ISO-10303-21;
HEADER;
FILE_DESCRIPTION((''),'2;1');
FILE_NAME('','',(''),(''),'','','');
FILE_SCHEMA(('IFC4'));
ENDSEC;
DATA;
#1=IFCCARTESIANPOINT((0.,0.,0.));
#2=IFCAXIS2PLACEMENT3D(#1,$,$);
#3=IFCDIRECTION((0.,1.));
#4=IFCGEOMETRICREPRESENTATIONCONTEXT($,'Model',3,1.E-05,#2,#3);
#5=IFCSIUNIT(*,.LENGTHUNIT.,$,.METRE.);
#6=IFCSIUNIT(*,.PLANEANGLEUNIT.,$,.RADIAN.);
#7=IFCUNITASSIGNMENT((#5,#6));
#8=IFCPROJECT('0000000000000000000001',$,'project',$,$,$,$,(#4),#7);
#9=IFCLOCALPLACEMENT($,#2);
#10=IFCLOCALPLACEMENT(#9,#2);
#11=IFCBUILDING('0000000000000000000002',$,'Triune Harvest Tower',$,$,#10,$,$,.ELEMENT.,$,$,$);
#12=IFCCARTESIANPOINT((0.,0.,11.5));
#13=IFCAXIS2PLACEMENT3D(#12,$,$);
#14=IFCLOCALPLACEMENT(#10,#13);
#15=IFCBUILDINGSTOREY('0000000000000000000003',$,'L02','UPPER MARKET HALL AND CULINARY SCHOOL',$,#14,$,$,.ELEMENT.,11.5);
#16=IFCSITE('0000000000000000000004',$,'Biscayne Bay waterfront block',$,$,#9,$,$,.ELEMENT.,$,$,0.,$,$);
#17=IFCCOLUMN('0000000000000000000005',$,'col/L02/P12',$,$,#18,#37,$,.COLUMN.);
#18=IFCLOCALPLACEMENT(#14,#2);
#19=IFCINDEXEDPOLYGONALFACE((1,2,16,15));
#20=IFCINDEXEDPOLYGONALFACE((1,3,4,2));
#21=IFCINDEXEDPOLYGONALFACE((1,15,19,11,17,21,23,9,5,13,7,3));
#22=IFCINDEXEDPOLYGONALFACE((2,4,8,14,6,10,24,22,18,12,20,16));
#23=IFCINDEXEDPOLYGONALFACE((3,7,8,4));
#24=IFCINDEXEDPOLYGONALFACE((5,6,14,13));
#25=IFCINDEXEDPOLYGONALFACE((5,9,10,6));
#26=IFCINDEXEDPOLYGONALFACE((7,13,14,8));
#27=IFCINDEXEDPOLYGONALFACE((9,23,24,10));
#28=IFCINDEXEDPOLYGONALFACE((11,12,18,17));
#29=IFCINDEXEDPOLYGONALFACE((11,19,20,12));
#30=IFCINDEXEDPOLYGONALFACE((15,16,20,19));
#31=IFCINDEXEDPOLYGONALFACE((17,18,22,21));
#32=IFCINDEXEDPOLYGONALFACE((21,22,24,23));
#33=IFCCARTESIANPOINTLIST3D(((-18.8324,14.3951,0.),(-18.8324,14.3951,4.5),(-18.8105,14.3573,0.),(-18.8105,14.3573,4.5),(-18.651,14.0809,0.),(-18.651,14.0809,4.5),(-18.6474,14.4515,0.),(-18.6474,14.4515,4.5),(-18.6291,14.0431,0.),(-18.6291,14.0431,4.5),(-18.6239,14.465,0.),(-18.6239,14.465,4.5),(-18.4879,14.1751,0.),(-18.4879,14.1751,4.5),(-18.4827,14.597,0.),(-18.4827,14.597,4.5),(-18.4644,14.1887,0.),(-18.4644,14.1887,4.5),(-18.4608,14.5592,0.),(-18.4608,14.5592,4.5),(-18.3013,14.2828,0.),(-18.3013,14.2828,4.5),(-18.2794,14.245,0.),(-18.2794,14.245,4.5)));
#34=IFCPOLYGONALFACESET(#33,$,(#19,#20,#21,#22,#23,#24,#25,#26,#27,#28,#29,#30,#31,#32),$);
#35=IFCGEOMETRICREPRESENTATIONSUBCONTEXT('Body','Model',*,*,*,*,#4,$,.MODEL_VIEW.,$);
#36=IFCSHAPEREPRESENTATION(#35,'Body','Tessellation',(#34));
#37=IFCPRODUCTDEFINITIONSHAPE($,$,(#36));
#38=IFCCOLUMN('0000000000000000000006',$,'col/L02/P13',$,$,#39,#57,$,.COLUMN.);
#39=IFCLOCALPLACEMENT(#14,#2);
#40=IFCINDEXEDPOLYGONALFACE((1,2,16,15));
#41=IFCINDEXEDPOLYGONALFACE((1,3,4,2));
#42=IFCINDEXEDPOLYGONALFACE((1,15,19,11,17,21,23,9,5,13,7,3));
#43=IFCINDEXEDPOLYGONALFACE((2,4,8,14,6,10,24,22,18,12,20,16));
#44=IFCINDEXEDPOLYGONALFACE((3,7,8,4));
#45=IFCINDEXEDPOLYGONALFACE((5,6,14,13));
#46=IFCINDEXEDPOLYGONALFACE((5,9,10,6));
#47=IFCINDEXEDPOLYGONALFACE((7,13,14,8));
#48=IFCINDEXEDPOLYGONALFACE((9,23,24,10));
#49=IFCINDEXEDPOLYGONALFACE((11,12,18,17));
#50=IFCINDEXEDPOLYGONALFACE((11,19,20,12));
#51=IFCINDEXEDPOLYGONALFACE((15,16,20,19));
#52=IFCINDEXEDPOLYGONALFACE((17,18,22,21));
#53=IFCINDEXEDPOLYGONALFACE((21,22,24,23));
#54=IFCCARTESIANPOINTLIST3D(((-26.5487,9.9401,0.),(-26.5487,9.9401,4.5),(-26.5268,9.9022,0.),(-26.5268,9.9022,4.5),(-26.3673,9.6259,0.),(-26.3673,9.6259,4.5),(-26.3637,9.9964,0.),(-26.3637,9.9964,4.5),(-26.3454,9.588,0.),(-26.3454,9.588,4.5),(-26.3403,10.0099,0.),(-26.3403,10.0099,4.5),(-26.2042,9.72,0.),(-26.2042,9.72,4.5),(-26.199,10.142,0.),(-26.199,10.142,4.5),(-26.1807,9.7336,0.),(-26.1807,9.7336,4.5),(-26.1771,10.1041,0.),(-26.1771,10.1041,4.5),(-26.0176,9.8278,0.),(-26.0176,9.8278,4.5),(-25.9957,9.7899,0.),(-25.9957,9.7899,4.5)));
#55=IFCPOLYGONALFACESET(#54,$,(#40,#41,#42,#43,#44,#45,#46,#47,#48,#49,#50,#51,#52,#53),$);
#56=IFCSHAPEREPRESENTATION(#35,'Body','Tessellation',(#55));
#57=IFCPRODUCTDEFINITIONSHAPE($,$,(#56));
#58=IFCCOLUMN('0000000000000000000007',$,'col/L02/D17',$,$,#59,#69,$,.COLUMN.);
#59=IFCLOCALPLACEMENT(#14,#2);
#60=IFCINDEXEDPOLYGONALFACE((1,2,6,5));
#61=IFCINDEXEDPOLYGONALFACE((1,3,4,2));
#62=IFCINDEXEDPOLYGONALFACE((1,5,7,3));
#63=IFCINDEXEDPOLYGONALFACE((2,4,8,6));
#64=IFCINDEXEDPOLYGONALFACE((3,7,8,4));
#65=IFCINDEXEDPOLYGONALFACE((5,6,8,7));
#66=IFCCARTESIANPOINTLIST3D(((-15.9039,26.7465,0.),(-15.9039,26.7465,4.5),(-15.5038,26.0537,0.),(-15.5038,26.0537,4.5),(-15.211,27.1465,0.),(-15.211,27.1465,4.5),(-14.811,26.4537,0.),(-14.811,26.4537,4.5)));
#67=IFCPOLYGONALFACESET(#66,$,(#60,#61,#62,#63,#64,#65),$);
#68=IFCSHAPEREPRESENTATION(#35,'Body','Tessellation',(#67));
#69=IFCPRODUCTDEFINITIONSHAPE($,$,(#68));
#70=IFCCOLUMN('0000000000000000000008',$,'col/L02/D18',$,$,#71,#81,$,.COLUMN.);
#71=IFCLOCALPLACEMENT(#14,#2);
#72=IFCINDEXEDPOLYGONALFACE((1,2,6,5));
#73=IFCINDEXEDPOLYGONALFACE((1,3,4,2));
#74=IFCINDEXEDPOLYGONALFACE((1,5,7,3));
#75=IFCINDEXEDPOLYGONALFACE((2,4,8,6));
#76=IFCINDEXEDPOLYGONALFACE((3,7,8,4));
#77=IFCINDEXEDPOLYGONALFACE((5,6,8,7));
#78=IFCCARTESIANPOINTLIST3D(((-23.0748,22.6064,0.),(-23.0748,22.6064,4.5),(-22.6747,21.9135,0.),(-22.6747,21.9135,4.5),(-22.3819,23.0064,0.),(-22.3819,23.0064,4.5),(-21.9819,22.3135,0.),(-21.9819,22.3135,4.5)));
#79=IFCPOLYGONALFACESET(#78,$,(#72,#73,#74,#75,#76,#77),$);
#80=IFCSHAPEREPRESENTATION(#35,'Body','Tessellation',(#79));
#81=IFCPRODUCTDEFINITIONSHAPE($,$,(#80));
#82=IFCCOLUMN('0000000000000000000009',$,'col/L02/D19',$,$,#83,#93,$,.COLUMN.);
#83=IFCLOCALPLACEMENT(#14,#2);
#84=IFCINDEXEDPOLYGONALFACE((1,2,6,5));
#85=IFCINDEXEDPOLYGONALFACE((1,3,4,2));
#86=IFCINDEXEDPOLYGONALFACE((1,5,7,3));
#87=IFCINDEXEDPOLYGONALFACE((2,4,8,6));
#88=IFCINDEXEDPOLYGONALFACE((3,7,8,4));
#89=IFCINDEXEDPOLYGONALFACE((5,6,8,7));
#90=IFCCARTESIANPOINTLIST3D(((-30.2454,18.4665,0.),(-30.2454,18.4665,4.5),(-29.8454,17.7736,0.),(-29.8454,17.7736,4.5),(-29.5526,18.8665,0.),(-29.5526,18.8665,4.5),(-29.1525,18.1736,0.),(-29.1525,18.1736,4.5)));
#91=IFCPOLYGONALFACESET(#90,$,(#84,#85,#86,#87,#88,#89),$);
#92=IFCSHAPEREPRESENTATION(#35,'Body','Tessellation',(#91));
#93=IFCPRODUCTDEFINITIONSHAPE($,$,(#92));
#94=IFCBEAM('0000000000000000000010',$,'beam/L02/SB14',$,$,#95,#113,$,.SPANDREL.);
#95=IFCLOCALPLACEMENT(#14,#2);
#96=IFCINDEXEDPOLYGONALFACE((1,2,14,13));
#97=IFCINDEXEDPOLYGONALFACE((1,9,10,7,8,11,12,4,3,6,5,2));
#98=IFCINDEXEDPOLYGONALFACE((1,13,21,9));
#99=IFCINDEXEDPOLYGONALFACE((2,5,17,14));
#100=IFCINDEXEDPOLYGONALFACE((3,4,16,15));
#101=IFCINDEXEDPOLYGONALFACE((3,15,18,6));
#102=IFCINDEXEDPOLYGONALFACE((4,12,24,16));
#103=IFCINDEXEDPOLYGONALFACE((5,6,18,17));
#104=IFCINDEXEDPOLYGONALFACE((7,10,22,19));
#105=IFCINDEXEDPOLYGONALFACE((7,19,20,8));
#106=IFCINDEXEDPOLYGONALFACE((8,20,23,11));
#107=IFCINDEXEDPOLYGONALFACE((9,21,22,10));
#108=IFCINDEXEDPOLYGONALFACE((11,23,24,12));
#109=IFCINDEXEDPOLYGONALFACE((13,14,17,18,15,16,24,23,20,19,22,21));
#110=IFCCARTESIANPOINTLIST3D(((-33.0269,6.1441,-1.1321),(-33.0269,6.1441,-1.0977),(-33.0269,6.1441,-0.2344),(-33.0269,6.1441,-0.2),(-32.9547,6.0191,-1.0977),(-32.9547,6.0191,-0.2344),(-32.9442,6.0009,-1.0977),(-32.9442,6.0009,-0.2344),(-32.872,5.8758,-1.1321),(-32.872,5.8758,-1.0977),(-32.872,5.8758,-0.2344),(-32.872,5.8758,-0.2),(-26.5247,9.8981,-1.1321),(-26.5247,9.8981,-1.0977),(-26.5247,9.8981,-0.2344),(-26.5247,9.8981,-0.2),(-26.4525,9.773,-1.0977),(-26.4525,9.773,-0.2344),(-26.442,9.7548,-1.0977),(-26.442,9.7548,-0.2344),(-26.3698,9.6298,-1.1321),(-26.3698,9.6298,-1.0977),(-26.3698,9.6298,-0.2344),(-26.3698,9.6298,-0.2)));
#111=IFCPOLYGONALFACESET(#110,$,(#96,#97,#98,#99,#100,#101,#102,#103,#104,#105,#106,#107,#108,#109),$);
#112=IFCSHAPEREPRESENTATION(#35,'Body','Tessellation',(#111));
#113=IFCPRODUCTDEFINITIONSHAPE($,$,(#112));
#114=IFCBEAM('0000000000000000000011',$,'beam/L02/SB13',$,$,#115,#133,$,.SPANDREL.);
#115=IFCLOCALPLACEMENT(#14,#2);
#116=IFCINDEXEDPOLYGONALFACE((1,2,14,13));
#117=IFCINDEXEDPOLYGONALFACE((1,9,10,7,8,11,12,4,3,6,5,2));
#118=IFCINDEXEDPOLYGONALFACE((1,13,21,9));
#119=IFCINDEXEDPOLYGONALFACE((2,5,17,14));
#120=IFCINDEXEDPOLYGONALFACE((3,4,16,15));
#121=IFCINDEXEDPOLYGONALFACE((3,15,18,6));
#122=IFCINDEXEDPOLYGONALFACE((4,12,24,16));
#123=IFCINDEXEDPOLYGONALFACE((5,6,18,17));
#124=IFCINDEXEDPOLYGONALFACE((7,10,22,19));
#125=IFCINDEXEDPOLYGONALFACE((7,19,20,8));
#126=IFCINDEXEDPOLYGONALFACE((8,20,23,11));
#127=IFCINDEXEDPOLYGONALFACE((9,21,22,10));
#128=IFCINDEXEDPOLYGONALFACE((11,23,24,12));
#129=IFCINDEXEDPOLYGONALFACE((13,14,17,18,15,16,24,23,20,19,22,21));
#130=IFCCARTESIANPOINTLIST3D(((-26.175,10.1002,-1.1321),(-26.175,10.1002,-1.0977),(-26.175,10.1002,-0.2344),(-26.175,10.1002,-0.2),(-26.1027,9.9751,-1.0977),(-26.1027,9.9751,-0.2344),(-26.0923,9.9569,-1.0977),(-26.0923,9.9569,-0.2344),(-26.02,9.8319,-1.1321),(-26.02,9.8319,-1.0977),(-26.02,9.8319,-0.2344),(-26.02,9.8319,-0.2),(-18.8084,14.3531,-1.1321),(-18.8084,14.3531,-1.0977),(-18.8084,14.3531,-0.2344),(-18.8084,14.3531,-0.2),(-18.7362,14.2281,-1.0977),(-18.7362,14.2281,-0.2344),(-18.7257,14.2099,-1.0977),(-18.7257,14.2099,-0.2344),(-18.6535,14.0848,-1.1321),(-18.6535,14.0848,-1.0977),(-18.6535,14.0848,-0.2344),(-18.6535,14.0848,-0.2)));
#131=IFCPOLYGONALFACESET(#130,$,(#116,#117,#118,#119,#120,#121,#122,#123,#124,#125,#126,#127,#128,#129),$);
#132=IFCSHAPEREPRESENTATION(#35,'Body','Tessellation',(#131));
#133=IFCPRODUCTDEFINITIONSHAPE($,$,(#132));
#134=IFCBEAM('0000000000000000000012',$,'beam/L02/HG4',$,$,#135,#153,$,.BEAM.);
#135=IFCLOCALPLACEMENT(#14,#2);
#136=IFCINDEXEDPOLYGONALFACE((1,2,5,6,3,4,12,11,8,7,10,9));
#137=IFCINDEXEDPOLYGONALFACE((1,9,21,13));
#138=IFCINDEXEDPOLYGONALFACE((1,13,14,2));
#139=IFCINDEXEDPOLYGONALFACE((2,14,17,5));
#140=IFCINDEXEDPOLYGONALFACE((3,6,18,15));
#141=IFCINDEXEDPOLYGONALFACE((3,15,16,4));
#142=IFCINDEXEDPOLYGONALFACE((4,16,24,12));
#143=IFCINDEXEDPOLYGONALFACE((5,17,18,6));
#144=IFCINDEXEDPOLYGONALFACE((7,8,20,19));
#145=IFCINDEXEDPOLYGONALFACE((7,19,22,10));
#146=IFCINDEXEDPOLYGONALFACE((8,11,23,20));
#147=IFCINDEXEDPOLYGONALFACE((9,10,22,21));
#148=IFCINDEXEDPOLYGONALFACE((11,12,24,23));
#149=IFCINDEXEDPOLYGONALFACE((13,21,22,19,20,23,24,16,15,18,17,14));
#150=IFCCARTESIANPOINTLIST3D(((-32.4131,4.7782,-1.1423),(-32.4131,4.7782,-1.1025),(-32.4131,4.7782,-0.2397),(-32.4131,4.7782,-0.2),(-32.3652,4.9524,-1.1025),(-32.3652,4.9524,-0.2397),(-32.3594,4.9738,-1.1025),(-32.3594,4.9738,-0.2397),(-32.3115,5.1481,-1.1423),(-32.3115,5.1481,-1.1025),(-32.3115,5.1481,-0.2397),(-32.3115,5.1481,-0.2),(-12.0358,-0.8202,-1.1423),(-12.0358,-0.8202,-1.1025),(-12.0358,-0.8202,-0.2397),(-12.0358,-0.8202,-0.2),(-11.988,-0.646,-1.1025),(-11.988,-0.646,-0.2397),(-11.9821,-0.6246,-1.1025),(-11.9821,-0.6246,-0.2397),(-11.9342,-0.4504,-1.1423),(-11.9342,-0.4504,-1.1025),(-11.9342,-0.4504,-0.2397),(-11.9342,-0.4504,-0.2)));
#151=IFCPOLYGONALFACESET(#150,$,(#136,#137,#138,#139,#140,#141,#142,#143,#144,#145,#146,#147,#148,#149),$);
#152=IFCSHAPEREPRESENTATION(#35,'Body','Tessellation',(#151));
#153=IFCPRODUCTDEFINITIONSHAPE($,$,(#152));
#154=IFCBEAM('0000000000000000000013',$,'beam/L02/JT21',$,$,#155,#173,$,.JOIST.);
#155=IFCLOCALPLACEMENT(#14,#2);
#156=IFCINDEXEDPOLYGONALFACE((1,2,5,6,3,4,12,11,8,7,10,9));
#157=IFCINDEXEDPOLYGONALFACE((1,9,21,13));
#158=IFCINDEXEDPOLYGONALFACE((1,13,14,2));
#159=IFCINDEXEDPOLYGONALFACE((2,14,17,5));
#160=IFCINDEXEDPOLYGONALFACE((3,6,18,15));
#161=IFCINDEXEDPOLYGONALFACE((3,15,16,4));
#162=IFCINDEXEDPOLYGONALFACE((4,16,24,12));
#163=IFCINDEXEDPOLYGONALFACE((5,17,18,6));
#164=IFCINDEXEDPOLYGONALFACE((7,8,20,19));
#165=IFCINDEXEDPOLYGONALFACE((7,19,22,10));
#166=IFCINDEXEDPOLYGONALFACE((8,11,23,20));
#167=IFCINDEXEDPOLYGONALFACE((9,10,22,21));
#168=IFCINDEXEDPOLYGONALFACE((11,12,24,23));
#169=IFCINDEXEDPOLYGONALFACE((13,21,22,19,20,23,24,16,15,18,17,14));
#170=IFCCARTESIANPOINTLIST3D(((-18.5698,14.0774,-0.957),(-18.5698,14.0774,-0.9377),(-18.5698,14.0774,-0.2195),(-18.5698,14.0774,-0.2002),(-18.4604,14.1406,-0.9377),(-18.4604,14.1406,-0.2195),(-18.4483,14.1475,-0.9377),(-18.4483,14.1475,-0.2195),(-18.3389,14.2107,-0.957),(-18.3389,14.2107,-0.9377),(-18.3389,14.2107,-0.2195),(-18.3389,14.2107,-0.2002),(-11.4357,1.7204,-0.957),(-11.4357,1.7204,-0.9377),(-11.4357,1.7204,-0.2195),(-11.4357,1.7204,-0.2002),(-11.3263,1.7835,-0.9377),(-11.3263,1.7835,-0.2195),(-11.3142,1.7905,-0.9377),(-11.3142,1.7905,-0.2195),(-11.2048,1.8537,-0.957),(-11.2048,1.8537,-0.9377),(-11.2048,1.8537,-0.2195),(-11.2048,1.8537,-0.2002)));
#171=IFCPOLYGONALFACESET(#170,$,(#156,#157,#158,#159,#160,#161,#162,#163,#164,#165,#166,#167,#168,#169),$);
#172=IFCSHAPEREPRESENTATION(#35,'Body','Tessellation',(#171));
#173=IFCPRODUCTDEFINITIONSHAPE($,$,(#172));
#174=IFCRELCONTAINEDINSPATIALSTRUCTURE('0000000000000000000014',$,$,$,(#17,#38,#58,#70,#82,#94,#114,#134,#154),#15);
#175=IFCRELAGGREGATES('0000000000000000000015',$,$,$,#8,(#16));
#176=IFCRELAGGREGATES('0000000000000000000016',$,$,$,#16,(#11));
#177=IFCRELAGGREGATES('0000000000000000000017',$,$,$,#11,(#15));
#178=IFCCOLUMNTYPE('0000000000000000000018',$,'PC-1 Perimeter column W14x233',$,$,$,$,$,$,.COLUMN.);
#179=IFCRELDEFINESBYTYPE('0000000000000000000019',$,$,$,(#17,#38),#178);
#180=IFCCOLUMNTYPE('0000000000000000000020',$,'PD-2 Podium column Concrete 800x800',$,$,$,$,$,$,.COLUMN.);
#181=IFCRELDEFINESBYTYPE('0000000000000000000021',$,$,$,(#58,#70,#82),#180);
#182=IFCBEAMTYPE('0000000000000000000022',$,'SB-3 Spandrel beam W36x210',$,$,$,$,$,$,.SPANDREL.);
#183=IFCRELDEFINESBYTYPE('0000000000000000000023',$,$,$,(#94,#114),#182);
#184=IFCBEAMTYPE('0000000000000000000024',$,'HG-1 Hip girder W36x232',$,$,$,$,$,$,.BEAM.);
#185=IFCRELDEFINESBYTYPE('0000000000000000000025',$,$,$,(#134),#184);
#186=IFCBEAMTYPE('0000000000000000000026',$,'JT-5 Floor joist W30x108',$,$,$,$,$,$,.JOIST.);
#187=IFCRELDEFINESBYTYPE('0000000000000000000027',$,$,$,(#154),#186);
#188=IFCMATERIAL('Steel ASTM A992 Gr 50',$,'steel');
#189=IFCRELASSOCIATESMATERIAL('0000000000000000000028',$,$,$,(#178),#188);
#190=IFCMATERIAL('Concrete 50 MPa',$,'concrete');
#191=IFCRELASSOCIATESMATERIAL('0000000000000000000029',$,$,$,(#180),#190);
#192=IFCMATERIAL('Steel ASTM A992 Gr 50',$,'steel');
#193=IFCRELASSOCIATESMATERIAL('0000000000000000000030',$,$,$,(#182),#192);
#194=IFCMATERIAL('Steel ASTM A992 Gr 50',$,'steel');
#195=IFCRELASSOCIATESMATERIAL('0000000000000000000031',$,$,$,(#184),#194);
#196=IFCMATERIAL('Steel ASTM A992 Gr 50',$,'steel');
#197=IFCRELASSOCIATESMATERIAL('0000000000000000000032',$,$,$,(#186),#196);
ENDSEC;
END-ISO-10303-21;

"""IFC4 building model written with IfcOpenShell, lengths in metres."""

from ifc_helpers import new_model, si_unit, direction, frame, origin, origin_2d, place, context, subcontext, project, spatial, rectangle, i_section, extrude, source, transform, mapped, material, material_profile, profile_set, type_object, element, save


model = new_model("IFC4")

# Units and contexts
model_context = context("Model", 3, precision=1e-05, world=origin(), true_north=direction((0.0, 1.0)))
body_context = subcontext(model_context, "Body", "Model", "MODEL_VIEW")
ifc_project = project(units=[si_unit("LENGTHUNIT", "METRE"), si_unit("PLANEANGLEUNIT", "RADIAN")], contexts=[model_context])

# Site, building, storey
site_placement = place(None, origin())
site = spatial("IfcSite", under=ifc_project, at=site_placement, Name="Biscayne Bay waterfront block", CompositionType="ELEMENT", RefElevation=0.0)
building_placement = place(site_placement, origin())
building = spatial("IfcBuilding", under=site, at=building_placement, Name="Triune Harvest Tower", CompositionType="ELEMENT")
storey_placement = place(building_placement, frame((0.0, 0.0, 11.5)))
storey = spatial("IfcBuildingStorey", under=building, at=storey_placement, Name="L02", Description="UPPER MARKET HALL AND CULINARY SCHOOL", CompositionType="ELEMENT", Elevation=11.5)

# Columns
ifc_material_1 = material(Name="Steel ASTM A992 Gr 50", Category="steel")
ifc_material_profile_1 = material_profile(ifc_material_1, i_section(OverallWidth=0.4038, OverallDepth=0.4065, WebThickness=0.0271, FlangeThickness=0.0437, at=origin_2d()), Name="W14x233")
ifc_profile_set_1 = profile_set([ifc_material_profile_1], Name="Steel ASTM A992 Gr 50")
column_type_1 = type_object("IfcColumnType", Name="PC-1 Perimeter column W14x233", PredefinedType="COLUMN", material=ifc_profile_set_1)
shared_shape_1 = source(origin(), body_context, "Body", "SweptSolid", [
    extrude(i_section(OverallWidth=0.4038, OverallDepth=0.4065, WebThickness=0.0271, FlangeThickness=0.0437, at=origin_2d()), origin(), (0.0, 0.0, 1.0), 4.5),
])
for number, where, z_axis, x_axis, name in (
    (1, (-18.5559, 14.3201, 0.0), (0.0, 0.0, 1.0), (-0.866025, -0.5, 0.0), "col/L02/P12"),
    (2, (-26.2722, 9.865, 0.0), (0.0, 0.0, 1.0), (-0.866025, -0.5, 0.0), "col/L02/P13"),
):
    element("IfcColumn", number, at=place(storey_placement, frame(where, z_axis=z_axis, x_axis=x_axis)), inside=storey, type_object=column_type_1, Name=name, PredefinedType="COLUMN", context=body_context, shape_type="MappedRepresentation", body=[
        mapped(shared_shape_1, transform((0.0, 0.0, 0.0), scale=1.0)),
    ])
ifc_material_2 = material(Name="Concrete 50 MPa", Category="concrete")
ifc_material_profile_2 = material_profile(ifc_material_2, rectangle(XDim=0.8, YDim=0.8, at=origin_2d()), Name="Concrete 800x800")
ifc_profile_set_2 = profile_set([ifc_material_profile_2], Name="Concrete 50 MPa")
column_type_2 = type_object("IfcColumnType", Name="PD-2 Podium column Concrete 800x800", PredefinedType="COLUMN", material=ifc_profile_set_2)
shared_shape_2 = source(origin(), body_context, "Body", "SweptSolid", [
    extrude(rectangle(XDim=0.8, YDim=0.8, at=origin_2d()), origin(), (0.0, 0.0, 1.0), 4.5),
])
for number, where, z_axis, x_axis, name in (
    (3, (-15.3574, 26.6001, 0.0), (0.0, 0.0, 1.0), (-0.866025, -0.5, 0.0), "col/L02/D17"),
    (4, (-22.5283, 22.46, 0.0), (0.0, 0.0, 1.0), (-0.866025, -0.5, 0.0), "col/L02/D18"),
    (5, (-29.699, 18.3201, 0.0), (0.0, 0.0, 1.0), (-0.866025, -0.5, 0.0), "col/L02/D19"),
):
    element("IfcColumn", number, at=place(storey_placement, frame(where, z_axis=z_axis, x_axis=x_axis)), inside=storey, type_object=column_type_2, Name=name, PredefinedType="COLUMN", context=body_context, shape_type="MappedRepresentation", body=[
        mapped(shared_shape_2, transform((0.0, 0.0, 0.0), scale=1.0)),
    ])

# Beams
ifc_material_3 = material(Name="Steel ASTM A992 Gr 50", Category="steel")
ifc_material_profile_3 = material_profile(ifc_material_3, i_section(OverallWidth=0.3098, OverallDepth=0.9321, WebThickness=0.021, FlangeThickness=0.0344, at=origin_2d()), Name="W36x210")
ifc_profile_set_3 = profile_set([ifc_material_profile_3], Name="Steel ASTM A992 Gr 50")
beam_type_1 = type_object("IfcBeamType", Name="SB-3 Spandrel beam W36x210", PredefinedType="SPANDREL", material=ifc_profile_set_3)
shared_shape_3 = source(origin(), body_context, "Body", "SweptSolid", [
    extrude(i_section(OverallWidth=0.3098, OverallDepth=0.9321, WebThickness=0.021, FlangeThickness=0.0344, at=origin_2d()), origin(), (0.0, 0.0, 1.0), 7.5081),
])
beam_1_placement = place(storey_placement, frame((-26.4473, 9.7639, -0.666), z_axis=(-0.866033, -0.499986, 0.0), x_axis=(0.499986, -0.866033, 0.0)))
element("IfcBeam", 6, at=beam_1_placement, inside=storey, type_object=beam_type_1, Name="beam/L02/SB14", PredefinedType="SPANDREL", context=body_context, shape_type="MappedRepresentation", body=[
    mapped(shared_shape_3, transform((0.0, 0.0, 0.0), scale=1.0)),
])
shared_shape_4 = source(origin(), body_context, "Body", "SweptSolid", [
    extrude(i_section(OverallWidth=0.3098, OverallDepth=0.9321, WebThickness=0.021, FlangeThickness=0.0344, at=origin_2d()), origin(), (0.0, 0.0, 1.0), 8.5061),
])
beam_2_placement = place(storey_placement, frame((-18.731, 14.219, -0.666), z_axis=(-0.86603, -0.499992, 0.0), x_axis=(0.499992, -0.86603, 0.0)))
element("IfcBeam", 7, at=beam_2_placement, inside=storey, type_object=beam_type_1, Name="beam/L02/SB13", PredefinedType="SPANDREL", context=body_context, shape_type="MappedRepresentation", body=[
    mapped(shared_shape_4, transform((0.0, 0.0, 0.0), scale=1.0)),
])
ifc_material_4 = material(Name="Steel ASTM A992 Gr 50", Category="steel")
ifc_material_profile_4 = material_profile(ifc_material_4, i_section(OverallWidth=0.3835, OverallDepth=0.9424, WebThickness=0.0222, FlangeThickness=0.0398, at=origin_2d()), Name="W36x232")
ifc_profile_set_4 = profile_set([ifc_material_profile_4], Name="Steel ASTM A992 Gr 50")
beam_type_2 = type_object("IfcBeamType", Name="HG-1 Hip girder W36x232", PredefinedType="BEAM", material=ifc_profile_set_4)
shared_shape_5 = source(origin(), body_context, "Body", "SweptSolid", [
    extrude(i_section(OverallWidth=0.3835, OverallDepth=0.9424, WebThickness=0.0222, FlangeThickness=0.0398, at=origin_2d()), origin(), (0.0, 0.0, 1.0), 21.1323),
])
beam_3_placement = place(storey_placement, frame((-32.3623, 4.9631, -0.6711), z_axis=(0.96427, -0.264922, 0.0), x_axis=(0.264922, 0.96427, 0.0)))
element("IfcBeam", 8, at=beam_3_placement, inside=storey, type_object=beam_type_2, Name="beam/L02/HG4", PredefinedType="BEAM", context=body_context, shape_type="MappedRepresentation", body=[
    mapped(shared_shape_5, transform((0.0, 0.0, 0.0), scale=1.0)),
])
ifc_material_5 = material(Name="Steel ASTM A992 Gr 50", Category="steel")
ifc_material_profile_5 = material_profile(ifc_material_5, i_section(OverallWidth=0.2666, OverallDepth=0.7568, WebThickness=0.0139, FlangeThickness=0.0193, at=origin_2d()), Name="W30x108")
ifc_profile_set_5 = profile_set([ifc_material_profile_5], Name="Steel ASTM A992 Gr 50")
beam_type_3 = type_object("IfcBeamType", Name="JT-5 Floor joist W30x108", PredefinedType="JOIST", material=ifc_profile_set_5)
shared_shape_6 = source(origin(), body_context, "Body", "SweptSolid", [
    extrude(i_section(OverallWidth=0.2666, OverallDepth=0.7568, WebThickness=0.0139, FlangeThickness=0.0193, at=origin_2d()), origin(), (0.0, 0.0, 1.0), 14.2686),
])
beam_4_placement = place(storey_placement, frame((-18.4543, 14.144, -0.5786), z_axis=(0.499987, -0.866033, 0.0), x_axis=(0.866033, 0.499987, 0.0)))
element("IfcBeam", 9, at=beam_4_placement, inside=storey, type_object=beam_type_3, Name="beam/L02/JT21", PredefinedType="JOIST", context=body_context, shape_type="MappedRepresentation", body=[
    mapped(shared_shape_6, transform((0.0, 0.0, 0.0), scale=1.0)),
])

save(model, "model.ifc")
